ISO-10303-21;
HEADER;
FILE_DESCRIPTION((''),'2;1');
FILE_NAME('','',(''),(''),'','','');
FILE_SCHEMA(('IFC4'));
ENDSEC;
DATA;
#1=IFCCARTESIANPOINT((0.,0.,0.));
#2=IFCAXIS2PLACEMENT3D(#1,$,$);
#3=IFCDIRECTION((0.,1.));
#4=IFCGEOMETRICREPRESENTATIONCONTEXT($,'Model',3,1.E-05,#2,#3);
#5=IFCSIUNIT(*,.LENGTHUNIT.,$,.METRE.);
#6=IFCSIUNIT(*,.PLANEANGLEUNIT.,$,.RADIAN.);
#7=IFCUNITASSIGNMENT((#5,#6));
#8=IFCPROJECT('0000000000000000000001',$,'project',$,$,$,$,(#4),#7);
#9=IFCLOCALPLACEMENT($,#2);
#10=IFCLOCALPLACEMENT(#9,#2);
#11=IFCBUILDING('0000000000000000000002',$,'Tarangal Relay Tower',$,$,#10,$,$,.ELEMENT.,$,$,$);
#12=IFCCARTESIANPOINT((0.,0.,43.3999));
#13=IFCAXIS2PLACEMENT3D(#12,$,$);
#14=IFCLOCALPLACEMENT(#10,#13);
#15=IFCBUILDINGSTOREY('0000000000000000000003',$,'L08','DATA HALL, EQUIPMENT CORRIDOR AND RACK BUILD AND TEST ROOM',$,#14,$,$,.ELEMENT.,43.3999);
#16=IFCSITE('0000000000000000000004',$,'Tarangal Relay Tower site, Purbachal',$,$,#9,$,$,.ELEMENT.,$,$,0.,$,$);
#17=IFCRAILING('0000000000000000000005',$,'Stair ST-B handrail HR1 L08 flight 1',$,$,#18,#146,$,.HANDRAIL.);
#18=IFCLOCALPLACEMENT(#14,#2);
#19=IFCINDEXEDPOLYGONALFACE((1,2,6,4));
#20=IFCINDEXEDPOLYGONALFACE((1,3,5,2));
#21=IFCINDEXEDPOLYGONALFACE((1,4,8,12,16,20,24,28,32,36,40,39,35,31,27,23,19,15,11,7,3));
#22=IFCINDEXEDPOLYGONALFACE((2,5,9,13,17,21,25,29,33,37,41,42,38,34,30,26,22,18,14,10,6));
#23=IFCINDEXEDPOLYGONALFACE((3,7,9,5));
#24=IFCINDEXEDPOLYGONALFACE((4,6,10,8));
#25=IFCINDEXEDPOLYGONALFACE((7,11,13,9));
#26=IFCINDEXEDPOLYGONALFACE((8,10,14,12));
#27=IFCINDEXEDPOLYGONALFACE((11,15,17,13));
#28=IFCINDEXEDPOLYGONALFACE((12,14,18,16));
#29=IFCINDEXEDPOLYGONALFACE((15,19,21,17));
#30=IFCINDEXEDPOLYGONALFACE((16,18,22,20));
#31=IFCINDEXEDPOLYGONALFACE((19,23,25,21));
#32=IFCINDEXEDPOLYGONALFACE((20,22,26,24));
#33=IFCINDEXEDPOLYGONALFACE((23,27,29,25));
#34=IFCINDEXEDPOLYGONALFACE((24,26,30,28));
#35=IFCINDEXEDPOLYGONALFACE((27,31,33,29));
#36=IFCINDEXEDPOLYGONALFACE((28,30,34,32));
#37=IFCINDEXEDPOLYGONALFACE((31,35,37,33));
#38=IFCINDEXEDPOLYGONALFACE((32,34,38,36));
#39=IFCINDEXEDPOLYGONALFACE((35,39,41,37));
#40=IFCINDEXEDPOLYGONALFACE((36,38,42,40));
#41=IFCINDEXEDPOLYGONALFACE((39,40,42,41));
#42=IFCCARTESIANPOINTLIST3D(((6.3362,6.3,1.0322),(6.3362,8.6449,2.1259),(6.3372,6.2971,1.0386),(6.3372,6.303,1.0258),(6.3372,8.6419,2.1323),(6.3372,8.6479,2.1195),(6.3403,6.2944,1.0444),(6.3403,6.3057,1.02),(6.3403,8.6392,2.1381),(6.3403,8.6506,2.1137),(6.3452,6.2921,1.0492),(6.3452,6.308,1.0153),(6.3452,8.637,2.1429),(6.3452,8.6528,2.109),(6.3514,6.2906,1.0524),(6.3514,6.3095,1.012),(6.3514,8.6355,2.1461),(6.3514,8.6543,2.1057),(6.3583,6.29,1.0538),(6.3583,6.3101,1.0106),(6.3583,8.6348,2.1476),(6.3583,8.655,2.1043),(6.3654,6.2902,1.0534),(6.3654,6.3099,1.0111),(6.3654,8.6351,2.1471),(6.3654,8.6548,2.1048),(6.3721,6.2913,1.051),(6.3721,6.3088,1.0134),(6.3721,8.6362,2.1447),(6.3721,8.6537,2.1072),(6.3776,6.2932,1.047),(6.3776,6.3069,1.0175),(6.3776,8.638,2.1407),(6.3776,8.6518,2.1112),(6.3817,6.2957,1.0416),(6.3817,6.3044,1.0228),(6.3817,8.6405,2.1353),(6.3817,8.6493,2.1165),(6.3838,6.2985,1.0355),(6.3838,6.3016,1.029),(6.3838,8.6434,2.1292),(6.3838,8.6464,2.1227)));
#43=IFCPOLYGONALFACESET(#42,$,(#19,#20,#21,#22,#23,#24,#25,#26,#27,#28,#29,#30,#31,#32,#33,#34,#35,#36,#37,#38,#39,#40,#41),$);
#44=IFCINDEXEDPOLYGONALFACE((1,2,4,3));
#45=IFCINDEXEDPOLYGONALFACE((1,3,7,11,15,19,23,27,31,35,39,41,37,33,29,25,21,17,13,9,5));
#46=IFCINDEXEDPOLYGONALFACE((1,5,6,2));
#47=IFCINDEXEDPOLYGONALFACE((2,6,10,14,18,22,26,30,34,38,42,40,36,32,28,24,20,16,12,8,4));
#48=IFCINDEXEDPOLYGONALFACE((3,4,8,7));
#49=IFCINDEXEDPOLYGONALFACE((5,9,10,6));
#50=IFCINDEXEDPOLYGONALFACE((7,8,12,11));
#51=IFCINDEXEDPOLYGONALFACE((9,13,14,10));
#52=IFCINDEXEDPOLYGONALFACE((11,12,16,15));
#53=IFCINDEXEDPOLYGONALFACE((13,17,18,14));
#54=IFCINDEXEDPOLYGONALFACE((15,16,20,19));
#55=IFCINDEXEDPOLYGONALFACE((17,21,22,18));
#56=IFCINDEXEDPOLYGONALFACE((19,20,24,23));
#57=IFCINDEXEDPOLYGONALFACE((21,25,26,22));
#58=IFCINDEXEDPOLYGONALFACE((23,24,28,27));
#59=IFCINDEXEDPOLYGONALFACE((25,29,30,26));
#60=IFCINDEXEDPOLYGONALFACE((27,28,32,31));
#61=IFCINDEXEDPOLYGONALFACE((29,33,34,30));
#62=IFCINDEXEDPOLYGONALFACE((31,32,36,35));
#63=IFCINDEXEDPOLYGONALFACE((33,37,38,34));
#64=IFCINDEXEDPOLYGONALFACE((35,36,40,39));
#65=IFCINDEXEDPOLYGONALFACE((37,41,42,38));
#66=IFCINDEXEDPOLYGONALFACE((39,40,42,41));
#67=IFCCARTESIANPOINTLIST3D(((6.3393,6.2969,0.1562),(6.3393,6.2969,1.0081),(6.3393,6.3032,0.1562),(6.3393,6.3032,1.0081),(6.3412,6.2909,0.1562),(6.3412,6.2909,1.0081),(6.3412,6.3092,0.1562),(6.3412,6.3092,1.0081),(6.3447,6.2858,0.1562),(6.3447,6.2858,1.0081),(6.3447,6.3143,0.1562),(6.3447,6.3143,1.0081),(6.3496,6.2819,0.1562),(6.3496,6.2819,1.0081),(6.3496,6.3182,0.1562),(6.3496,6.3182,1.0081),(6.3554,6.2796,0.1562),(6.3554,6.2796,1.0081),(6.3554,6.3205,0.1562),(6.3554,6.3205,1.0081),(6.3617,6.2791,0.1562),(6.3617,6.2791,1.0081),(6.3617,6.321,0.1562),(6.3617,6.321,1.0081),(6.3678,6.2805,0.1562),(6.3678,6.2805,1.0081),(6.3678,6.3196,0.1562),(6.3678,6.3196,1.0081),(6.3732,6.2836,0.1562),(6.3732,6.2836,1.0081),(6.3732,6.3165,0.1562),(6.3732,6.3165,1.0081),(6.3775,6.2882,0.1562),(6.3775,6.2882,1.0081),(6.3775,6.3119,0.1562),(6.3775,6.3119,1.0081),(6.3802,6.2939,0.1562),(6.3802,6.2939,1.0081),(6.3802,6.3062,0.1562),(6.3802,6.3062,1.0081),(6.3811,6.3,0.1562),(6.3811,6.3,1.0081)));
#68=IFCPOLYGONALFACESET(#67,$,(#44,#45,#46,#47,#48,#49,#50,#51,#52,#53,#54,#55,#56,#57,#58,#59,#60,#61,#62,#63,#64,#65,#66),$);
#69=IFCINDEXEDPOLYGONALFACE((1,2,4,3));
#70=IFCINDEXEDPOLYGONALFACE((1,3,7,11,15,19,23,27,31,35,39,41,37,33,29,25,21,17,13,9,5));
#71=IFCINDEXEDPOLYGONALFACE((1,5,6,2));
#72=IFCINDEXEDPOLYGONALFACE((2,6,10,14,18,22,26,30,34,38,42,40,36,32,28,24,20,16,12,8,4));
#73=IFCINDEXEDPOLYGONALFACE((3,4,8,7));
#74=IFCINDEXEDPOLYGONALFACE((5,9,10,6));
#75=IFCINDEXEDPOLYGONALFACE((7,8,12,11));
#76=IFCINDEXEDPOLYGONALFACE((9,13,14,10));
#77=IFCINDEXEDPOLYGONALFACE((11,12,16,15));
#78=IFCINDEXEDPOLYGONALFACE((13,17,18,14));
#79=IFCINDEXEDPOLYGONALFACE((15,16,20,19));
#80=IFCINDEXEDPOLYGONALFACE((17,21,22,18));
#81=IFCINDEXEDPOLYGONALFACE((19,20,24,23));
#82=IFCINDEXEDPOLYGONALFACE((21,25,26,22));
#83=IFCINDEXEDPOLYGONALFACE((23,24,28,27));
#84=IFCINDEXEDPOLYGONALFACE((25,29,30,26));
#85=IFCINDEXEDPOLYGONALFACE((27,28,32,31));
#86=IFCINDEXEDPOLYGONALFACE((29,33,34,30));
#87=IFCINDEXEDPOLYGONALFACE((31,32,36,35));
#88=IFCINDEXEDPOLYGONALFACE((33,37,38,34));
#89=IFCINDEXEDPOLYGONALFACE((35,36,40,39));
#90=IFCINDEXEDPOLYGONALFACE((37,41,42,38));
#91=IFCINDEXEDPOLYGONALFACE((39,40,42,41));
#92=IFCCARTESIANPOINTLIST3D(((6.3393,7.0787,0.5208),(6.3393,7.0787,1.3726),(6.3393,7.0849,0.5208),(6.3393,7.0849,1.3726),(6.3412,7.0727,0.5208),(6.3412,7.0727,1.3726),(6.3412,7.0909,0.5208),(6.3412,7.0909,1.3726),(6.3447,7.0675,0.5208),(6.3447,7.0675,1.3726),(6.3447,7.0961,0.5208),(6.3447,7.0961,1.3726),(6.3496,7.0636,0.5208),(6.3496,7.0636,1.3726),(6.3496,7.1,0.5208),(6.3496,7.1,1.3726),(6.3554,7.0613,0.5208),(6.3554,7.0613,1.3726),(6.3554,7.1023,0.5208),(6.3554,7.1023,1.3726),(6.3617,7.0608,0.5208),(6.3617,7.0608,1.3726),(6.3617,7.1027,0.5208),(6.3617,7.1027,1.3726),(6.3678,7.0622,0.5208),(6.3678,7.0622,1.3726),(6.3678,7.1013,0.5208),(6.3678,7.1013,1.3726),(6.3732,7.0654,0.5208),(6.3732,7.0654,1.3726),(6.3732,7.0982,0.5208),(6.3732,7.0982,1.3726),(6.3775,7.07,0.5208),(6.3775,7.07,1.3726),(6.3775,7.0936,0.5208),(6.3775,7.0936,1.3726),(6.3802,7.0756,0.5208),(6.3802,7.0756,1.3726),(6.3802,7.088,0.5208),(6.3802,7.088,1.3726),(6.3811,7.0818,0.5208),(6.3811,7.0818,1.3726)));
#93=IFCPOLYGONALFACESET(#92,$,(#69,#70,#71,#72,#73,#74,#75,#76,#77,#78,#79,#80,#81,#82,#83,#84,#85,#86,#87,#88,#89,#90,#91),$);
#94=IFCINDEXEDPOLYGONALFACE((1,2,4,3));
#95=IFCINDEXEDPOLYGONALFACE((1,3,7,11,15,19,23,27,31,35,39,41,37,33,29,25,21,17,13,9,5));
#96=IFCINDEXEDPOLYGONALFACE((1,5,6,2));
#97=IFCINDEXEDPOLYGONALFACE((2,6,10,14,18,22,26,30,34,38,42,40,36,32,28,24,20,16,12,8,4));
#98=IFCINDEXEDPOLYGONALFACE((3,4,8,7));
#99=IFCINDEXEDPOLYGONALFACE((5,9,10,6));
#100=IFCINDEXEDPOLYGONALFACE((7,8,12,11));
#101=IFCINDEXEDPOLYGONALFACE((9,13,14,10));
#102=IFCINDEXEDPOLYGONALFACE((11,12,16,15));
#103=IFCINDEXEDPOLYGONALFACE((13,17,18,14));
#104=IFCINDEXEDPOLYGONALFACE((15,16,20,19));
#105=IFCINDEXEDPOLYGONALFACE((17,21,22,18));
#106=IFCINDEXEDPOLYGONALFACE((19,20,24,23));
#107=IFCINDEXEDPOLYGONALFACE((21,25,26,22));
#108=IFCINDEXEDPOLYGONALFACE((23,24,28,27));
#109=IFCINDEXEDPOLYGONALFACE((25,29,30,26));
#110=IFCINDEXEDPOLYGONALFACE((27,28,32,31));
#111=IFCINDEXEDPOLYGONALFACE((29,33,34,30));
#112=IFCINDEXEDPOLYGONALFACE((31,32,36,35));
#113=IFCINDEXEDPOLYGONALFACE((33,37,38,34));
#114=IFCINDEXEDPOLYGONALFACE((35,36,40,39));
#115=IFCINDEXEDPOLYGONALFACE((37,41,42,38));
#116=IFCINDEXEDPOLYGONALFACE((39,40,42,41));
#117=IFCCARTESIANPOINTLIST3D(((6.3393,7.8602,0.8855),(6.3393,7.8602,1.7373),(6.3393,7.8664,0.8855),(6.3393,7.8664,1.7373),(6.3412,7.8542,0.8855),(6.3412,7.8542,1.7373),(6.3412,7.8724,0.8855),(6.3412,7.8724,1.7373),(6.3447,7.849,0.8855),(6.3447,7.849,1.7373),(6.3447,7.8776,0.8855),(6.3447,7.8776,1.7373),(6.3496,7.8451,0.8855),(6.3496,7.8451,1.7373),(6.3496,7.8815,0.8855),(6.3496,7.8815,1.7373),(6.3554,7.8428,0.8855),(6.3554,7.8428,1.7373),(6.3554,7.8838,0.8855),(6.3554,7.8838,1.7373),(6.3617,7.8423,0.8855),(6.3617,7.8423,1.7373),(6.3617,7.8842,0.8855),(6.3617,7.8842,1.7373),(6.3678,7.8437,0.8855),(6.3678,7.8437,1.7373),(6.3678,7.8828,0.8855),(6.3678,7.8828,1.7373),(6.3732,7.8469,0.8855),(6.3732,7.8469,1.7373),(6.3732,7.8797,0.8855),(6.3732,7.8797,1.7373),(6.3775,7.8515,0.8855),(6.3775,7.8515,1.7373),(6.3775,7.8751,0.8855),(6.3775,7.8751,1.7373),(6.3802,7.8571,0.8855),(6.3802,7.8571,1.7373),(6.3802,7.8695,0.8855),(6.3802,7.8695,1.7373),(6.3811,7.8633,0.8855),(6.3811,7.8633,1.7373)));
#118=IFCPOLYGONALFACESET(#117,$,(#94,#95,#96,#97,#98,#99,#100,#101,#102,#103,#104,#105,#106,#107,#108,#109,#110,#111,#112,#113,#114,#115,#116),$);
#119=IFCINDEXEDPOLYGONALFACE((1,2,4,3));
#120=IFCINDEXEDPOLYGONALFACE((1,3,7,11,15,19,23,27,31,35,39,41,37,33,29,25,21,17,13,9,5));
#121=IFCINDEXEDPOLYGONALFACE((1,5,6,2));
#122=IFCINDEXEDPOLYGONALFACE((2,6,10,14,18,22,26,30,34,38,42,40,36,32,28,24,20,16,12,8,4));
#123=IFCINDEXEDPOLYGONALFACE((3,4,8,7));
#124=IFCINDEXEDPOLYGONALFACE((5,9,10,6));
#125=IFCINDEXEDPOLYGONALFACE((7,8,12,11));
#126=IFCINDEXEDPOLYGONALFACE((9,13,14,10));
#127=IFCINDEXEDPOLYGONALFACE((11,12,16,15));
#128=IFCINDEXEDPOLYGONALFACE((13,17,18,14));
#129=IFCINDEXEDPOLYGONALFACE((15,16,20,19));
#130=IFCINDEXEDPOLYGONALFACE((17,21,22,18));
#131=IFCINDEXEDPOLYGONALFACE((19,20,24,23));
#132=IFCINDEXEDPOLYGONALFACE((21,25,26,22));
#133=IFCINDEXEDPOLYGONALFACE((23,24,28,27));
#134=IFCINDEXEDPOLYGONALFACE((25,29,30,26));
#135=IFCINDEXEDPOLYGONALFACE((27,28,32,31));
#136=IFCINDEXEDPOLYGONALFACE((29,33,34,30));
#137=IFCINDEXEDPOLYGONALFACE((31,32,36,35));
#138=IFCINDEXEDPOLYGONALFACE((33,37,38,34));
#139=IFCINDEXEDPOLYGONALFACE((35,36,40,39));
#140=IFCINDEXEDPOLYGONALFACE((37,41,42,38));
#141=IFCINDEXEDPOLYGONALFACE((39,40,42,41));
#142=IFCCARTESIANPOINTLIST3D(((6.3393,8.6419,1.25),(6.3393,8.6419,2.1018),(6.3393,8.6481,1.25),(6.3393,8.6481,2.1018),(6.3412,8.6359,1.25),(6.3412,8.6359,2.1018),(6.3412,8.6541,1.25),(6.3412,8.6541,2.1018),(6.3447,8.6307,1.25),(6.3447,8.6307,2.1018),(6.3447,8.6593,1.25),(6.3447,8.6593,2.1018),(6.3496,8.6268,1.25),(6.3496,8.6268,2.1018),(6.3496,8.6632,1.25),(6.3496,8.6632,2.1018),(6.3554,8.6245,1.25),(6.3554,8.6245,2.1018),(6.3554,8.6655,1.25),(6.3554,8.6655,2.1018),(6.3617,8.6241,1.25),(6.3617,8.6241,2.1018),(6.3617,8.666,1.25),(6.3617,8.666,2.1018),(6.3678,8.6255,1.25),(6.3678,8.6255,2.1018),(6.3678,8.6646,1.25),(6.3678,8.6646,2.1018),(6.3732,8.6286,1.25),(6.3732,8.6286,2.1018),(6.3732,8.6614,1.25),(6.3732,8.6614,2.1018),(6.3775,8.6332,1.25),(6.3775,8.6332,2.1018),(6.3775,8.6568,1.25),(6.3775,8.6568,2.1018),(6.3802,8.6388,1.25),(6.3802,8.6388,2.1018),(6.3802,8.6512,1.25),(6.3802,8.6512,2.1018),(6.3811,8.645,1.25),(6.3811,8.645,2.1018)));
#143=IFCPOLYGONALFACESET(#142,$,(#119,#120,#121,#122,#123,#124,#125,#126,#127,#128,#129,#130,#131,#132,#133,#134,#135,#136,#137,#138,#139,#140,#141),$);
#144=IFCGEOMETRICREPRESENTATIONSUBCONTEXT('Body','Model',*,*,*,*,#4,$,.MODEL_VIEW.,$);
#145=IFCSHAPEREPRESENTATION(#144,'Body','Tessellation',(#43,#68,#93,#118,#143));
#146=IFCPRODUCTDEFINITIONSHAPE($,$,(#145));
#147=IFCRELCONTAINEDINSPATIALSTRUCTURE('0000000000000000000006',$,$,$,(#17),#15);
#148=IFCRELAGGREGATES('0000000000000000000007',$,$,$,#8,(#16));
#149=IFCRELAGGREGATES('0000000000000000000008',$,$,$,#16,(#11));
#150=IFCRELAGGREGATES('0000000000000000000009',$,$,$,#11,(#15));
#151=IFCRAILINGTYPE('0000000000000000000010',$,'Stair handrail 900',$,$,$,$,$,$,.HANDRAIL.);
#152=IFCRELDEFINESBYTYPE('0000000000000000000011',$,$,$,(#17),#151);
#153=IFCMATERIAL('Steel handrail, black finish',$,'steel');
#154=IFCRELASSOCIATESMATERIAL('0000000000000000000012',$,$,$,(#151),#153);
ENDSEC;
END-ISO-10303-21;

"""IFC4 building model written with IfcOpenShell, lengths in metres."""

from ifc_helpers import new_model, si_unit, direction, frame, origin, origin_2d, place, context, subcontext, project, spatial, circle, extrude, material, type_object, element, save


model = new_model("IFC4")

# Units and contexts
model_context = context("Model", 3, precision=1e-05, world=origin(), true_north=direction((0.0, 1.0)))
body_context = subcontext(model_context, "Body", "Model", "MODEL_VIEW")
ifc_project = project(units=[si_unit("LENGTHUNIT", "METRE"), si_unit("PLANEANGLEUNIT", "RADIAN")], contexts=[model_context])

# Site, building, storey
site_placement = place(None, origin())
site = spatial("IfcSite", under=ifc_project, at=site_placement, Name="Tarangal Relay Tower site, Purbachal", CompositionType="ELEMENT", RefElevation=0.0)
building_placement = place(site_placement, origin())
building = spatial("IfcBuilding", under=site, at=building_placement, Name="Tarangal Relay Tower", CompositionType="ELEMENT")
storey_placement = place(building_placement, frame((0.0, 0.0, 43.3999)))
storey = spatial("IfcBuildingStorey", under=building, at=storey_placement, Name="L08", Description="DATA HALL, EQUIPMENT CORRIDOR AND RACK BUILD AND TEST ROOM", CompositionType="ELEMENT", Elevation=43.3999)

# Railing
ifc_material_1 = material(Name="Steel handrail, black finish", Category="steel")
railing_type_1 = type_object("IfcRailingType", Name="Stair handrail 900", PredefinedType="HANDRAIL", material=ifc_material_1)
for number, where, name in (
    (1, (6.3601, 6.3, 0.1562), "Stair ST-B handrail HR1 L08 flight 1"),
):
    element("IfcRailing", number, at=place(storey_placement, frame(where)), inside=storey, type_object=railing_type_1, Name=name, PredefinedType="HANDRAIL", context=body_context, shape_type="SweptSolid", body=[
        extrude(circle(Radius=0.0239, at=origin_2d()), frame((0.0, 0.0, 0.876), z_axis=(0.0, 0.906267, 0.422705), x_axis=(-1.0, 0.0, 0.0)), (0.0, 0.0, 1.0), 2.5874),
        extrude(circle(Radius=0.021, at=origin_2d()), origin(), (0.0, 0.0, 1.0), 0.8518),
        extrude(circle(Radius=0.021, at=origin_2d()), frame((0.0, 0.7817, 0.3645)), (0.0, 0.0, 1.0), 0.8518),
        extrude(circle(Radius=0.021, at=origin_2d()), frame((0.0, 1.5632, 0.7292)), (0.0, 0.0, 1.0), 0.8518),
        extrude(circle(Radius=0.021, at=origin_2d()), frame((0.0, 2.345, 1.0938)), (0.0, 0.0, 1.0), 0.8518),
    ])

save(model, "model.ifc")
